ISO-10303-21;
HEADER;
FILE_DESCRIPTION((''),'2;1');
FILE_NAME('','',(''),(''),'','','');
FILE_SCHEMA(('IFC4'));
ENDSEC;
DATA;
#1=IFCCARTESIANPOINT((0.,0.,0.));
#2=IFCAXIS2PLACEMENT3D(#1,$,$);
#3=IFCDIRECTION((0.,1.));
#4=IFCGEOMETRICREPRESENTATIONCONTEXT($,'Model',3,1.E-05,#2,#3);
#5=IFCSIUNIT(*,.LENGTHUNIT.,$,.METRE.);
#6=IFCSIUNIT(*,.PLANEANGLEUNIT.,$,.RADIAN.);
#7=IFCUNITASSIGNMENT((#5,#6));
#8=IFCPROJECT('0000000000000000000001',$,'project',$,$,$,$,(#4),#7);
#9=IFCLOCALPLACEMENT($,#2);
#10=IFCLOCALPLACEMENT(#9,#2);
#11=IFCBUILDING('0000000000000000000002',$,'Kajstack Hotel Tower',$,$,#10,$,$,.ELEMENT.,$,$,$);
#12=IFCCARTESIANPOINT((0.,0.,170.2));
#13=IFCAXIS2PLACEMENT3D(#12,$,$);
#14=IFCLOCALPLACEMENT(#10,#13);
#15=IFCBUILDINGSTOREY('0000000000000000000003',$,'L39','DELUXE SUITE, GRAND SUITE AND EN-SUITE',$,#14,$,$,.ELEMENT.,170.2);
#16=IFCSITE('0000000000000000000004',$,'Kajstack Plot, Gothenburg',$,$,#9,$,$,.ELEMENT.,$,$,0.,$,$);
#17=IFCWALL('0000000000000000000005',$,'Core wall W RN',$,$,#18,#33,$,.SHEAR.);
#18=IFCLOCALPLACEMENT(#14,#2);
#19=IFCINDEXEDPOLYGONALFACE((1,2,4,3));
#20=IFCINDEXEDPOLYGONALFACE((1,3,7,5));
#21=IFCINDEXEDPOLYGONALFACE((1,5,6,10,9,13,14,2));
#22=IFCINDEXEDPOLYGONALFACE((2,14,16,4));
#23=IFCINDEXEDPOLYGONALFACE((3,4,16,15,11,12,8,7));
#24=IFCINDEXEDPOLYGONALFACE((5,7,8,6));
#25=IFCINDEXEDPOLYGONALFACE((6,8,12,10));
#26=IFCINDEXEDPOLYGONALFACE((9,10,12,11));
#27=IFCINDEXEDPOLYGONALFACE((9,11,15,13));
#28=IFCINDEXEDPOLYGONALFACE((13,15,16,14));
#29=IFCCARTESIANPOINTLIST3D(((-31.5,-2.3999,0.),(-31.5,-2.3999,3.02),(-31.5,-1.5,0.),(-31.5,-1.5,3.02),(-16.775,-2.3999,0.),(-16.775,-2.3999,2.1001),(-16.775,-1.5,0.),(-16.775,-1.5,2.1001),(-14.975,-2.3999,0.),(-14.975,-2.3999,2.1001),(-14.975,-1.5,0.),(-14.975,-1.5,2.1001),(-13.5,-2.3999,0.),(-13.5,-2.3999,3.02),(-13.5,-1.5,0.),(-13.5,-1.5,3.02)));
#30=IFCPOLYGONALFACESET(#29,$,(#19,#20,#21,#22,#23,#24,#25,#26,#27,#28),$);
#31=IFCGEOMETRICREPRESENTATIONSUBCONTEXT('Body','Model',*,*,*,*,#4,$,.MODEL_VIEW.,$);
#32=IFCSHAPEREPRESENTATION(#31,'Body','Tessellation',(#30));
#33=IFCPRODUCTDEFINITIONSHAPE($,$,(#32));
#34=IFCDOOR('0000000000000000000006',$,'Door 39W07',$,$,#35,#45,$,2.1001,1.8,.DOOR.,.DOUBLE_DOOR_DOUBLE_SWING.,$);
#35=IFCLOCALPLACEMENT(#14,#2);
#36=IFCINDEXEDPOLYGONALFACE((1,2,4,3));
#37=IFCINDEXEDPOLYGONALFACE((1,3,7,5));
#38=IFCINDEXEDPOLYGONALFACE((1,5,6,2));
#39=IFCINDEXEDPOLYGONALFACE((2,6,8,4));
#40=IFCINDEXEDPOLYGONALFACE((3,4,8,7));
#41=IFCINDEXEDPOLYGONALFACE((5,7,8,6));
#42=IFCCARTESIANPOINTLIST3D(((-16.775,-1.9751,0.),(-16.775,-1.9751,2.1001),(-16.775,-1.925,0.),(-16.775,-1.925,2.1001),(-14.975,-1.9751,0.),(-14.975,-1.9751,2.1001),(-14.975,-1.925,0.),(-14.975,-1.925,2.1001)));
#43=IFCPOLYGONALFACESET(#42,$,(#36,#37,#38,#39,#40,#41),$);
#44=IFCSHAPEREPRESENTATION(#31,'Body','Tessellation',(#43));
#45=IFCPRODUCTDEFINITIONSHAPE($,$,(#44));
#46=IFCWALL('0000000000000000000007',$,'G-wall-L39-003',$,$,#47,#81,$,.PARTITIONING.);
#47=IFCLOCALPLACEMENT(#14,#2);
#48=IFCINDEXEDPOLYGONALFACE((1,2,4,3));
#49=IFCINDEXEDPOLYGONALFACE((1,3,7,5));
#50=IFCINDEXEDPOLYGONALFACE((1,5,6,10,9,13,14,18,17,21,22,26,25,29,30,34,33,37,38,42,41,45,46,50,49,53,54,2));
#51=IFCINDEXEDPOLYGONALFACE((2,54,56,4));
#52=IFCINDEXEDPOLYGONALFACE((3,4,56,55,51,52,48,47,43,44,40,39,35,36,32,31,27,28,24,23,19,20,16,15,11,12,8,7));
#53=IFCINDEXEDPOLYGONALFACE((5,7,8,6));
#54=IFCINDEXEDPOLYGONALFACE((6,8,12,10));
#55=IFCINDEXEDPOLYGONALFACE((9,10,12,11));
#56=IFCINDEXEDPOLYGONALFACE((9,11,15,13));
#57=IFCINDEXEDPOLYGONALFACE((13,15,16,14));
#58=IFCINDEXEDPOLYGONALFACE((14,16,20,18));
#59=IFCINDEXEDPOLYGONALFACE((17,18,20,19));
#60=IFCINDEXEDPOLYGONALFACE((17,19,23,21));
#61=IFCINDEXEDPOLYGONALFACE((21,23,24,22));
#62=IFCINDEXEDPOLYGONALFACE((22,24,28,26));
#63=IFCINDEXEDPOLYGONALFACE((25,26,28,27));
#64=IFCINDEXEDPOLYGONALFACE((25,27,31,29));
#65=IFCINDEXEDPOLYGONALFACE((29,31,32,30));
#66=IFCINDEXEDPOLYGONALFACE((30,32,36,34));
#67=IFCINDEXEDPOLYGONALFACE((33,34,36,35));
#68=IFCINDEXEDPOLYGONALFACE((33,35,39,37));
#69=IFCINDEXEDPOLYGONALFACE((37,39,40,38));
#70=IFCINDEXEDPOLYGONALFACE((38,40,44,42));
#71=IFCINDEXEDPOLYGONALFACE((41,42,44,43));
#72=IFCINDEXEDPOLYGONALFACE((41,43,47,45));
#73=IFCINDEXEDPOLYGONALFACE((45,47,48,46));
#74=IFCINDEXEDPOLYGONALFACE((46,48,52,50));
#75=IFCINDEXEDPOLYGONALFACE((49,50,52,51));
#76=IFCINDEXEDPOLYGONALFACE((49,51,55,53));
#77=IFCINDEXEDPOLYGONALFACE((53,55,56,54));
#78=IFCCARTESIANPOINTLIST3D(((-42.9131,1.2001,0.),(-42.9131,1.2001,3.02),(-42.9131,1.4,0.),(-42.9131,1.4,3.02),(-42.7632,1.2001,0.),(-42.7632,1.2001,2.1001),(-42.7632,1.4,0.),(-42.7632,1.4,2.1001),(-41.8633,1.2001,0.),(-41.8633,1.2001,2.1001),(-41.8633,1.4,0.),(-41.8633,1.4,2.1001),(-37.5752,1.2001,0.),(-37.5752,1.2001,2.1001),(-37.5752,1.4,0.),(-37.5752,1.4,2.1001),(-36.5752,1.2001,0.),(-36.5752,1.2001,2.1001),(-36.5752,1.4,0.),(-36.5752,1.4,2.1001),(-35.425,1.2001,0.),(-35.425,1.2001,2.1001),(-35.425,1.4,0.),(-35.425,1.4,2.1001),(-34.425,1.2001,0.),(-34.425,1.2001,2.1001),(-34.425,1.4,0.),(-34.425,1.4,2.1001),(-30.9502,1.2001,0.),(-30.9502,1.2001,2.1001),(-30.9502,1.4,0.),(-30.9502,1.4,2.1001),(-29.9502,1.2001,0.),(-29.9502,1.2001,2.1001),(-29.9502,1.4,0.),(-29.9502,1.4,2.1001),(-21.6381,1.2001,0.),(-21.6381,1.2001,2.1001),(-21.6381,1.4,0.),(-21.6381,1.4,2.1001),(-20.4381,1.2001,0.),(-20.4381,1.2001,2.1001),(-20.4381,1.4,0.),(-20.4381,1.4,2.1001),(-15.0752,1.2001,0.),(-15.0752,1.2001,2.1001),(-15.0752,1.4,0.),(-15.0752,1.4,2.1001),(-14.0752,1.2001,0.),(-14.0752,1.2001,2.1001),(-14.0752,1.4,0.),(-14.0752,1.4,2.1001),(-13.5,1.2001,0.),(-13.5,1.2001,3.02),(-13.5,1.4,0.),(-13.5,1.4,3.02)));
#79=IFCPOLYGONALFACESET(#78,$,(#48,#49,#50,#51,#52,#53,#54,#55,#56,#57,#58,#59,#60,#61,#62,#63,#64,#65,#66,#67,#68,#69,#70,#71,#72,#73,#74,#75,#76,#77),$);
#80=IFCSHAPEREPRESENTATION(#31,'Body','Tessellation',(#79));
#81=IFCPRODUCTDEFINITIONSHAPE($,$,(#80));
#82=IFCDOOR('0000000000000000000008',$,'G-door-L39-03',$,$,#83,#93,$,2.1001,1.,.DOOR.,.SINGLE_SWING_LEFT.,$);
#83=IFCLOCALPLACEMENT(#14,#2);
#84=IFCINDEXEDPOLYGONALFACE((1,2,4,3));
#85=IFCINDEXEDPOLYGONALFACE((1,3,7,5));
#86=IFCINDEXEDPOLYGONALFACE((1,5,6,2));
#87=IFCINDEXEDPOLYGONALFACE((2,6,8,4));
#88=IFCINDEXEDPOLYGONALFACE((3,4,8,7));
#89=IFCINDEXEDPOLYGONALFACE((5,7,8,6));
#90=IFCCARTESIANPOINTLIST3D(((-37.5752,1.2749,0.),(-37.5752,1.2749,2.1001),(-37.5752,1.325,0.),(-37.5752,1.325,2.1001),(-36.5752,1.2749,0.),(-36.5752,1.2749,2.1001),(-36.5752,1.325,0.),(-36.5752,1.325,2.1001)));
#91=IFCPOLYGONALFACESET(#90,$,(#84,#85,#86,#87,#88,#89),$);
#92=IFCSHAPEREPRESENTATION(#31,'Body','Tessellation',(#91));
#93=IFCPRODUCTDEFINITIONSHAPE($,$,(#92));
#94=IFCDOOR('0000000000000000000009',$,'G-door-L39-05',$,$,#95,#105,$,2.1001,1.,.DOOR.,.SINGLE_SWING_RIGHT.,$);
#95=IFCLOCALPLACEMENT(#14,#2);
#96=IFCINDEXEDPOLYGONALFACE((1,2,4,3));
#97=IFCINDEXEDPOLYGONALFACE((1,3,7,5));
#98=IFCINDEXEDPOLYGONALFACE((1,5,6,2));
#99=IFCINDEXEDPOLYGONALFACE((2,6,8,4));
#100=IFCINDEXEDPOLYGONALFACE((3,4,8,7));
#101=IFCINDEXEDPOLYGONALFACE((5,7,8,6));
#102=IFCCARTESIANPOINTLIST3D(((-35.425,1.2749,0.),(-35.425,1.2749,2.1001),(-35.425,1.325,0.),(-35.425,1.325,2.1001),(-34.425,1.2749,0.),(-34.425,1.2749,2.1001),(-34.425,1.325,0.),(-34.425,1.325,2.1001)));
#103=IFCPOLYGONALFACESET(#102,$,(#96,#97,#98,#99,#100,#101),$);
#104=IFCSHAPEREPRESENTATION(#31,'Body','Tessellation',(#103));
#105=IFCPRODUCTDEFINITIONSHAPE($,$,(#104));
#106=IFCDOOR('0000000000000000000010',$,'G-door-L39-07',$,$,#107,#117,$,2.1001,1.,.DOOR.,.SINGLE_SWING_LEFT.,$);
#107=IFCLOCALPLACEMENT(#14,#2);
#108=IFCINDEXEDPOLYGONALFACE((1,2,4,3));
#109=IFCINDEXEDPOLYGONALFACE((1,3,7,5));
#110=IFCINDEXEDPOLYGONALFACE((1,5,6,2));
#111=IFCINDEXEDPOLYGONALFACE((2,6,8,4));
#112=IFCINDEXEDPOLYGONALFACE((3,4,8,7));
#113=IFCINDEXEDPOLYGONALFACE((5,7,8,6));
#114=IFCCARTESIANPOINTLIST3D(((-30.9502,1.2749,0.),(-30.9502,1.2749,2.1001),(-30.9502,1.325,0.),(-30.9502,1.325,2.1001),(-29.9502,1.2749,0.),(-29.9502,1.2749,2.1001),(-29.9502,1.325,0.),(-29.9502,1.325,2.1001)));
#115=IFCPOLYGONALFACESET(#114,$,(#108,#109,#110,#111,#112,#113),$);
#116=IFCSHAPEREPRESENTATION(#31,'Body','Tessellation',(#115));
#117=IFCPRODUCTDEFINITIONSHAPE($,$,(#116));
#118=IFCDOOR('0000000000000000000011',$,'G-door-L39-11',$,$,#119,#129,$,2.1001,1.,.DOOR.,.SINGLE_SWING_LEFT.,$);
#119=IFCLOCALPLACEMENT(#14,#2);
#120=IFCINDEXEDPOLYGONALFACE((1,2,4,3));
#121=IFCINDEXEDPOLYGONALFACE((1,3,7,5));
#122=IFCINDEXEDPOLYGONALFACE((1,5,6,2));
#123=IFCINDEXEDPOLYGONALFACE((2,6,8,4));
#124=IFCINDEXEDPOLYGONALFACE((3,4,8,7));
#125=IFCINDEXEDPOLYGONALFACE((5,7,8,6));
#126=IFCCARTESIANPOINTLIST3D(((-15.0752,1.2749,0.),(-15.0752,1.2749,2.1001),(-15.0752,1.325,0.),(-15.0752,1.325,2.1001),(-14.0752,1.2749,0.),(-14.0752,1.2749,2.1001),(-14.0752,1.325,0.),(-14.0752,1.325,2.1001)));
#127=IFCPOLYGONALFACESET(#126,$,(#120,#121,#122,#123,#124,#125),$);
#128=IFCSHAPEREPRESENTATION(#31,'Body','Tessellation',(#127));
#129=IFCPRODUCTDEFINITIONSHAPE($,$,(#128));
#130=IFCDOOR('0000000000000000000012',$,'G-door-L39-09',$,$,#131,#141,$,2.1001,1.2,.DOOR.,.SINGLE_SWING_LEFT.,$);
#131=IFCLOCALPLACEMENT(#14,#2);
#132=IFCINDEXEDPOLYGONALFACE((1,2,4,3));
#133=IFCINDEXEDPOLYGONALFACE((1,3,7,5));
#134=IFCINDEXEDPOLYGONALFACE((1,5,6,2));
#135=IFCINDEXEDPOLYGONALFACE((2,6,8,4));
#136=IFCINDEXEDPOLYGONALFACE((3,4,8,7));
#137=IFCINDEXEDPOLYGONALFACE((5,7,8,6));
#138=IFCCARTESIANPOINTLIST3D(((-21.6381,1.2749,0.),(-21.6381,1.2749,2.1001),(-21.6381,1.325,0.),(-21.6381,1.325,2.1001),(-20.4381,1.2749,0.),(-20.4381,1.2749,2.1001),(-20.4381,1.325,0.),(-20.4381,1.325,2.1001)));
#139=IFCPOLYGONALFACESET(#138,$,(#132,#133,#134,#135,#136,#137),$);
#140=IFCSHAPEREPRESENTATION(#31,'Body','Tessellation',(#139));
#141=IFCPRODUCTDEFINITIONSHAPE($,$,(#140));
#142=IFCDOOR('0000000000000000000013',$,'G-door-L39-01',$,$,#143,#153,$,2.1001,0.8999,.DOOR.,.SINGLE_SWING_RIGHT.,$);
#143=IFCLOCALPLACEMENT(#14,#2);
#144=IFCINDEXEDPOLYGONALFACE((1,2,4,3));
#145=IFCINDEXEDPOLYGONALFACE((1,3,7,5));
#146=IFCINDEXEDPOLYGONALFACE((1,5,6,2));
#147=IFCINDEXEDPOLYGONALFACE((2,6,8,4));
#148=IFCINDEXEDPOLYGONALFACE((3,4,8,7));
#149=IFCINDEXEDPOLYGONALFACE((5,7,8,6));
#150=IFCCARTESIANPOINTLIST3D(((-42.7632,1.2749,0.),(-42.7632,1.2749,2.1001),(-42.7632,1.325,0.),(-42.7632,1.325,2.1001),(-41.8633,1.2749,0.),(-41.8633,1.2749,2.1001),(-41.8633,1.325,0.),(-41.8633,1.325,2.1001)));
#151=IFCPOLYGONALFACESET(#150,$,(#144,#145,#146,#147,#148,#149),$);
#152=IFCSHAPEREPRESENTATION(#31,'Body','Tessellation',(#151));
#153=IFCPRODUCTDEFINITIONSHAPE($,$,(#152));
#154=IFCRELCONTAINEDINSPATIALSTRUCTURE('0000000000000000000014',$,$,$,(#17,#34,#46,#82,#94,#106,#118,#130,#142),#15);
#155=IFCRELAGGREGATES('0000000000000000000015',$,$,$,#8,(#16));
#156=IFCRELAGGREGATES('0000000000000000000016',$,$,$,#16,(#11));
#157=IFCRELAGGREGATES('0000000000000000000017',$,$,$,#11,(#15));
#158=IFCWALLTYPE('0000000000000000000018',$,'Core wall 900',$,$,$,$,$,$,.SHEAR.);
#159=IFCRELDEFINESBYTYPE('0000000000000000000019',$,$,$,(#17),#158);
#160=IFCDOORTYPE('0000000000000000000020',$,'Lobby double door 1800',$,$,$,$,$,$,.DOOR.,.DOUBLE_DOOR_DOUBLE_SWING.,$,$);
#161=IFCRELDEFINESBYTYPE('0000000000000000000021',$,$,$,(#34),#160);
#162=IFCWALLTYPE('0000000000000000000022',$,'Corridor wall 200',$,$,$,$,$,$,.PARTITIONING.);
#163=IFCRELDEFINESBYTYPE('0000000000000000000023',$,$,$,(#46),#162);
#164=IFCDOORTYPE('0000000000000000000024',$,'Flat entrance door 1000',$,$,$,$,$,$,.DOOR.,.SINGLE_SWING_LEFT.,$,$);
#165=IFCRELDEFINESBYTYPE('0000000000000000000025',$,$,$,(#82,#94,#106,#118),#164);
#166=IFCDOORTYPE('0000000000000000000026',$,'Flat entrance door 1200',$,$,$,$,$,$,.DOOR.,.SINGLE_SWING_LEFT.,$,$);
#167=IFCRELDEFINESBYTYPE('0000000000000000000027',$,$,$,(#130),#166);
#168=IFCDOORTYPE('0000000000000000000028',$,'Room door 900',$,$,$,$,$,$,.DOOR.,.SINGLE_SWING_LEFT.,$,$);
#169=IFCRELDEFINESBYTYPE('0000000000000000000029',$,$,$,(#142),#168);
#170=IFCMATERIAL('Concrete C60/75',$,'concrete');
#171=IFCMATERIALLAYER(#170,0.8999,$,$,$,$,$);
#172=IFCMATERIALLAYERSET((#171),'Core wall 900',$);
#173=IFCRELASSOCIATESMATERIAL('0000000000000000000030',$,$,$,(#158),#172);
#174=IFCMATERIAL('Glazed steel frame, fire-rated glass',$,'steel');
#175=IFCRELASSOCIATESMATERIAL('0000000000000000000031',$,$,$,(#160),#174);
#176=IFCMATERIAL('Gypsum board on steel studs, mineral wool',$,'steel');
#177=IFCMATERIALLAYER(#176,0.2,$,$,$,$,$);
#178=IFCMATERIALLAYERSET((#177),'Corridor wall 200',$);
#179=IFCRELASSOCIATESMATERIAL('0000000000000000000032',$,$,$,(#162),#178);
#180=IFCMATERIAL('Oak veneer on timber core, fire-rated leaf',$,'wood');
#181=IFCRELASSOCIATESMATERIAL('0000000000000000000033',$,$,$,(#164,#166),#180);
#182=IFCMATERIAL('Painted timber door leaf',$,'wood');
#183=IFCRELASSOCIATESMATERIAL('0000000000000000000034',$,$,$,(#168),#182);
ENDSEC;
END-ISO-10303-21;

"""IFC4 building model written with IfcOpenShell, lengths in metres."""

from ifc_helpers import new_model, si_unit, direction, frame, frame_2d, origin, place, context, subcontext, project, spatial, rectangle, extrude, material, layer, layer_set, type_object, element, fill, save


model = new_model("IFC4")

# Units and contexts
model_context = context("Model", 3, precision=1e-05, world=origin(), true_north=direction((0.0, 1.0)))
body_context = subcontext(model_context, "Body", "Model", "MODEL_VIEW")
ifc_project = project(units=[si_unit("LENGTHUNIT", "METRE"), si_unit("PLANEANGLEUNIT", "RADIAN")], contexts=[model_context])

# Site, building, storey
site_placement = place(None, origin())
site = spatial("IfcSite", under=ifc_project, at=site_placement, Name="Kajstack Plot, Gothenburg", CompositionType="ELEMENT", RefElevation=0.0)
building_placement = place(site_placement, origin())
building = spatial("IfcBuilding", under=site, at=building_placement, Name="Kajstack Hotel Tower", CompositionType="ELEMENT")
storey_placement = place(building_placement, frame((0.0, 0.0, 170.2)))
storey = spatial("IfcBuildingStorey", under=building, at=storey_placement, Name="L39", Description="DELUXE SUITE, GRAND SUITE AND EN-SUITE", CompositionType="ELEMENT", Elevation=170.2)

# Wall, opening, door
ifc_material_1 = material(Name="Concrete C60/75", Category="concrete")
ifc_layer_1 = layer(ifc_material_1, 0.8999)
ifc_layer_set_1 = layer_set([ifc_layer_1], Name="Core wall 900")
wall_type_1 = type_object("IfcWallType", Name="Core wall 900", PredefinedType="SHEAR", material=ifc_layer_set_1)
wall_1_placement = place(storey_placement, frame((-31.5, -1.95, 0.0), z_axis=(0.0, 0.0, 1.0), x_axis=(1.0, 0.0, 0.0)))
wall_1 = element("IfcWall", 1, at=wall_1_placement, inside=storey, type_object=wall_type_1, Name="Core wall W RN", PredefinedType="SHEAR", context=body_context, shape_type="SweptSolid", body=[
    extrude(rectangle(XDim=18.0, YDim=0.8999, at=frame_2d((9.0, 0.0))), origin(), (0.0, 0.0, 1.0), 3.02),
])
opening_1_placement = place(wall_1_placement, frame((14.7251, 0.0, 0.0)))
opening_1 = element("IfcOpeningElement", 2, at=opening_1_placement, cuts=wall_1, PredefinedType="OPENING", context=body_context, shape_type="SweptSolid", body=[
    extrude(rectangle(XDim=1.8, YDim=2.1001, at=frame_2d((0.8999, 1.05))), frame((0.0, 0.46, 0.0), z_axis=(0.0, -1.0, 0.0), x_axis=(1.0, 0.0, 0.0)), (0.0, 0.0, 1.0), 0.9199),
])
ifc_material_2 = material(Name="Glazed steel frame, fire-rated glass", Category="steel")
door_type_1 = type_object("IfcDoorType", Name="Lobby double door 1800", OperationType="DOUBLE_DOOR_DOUBLE_SWING", PredefinedType="DOOR", material=ifc_material_2)
door_1_placement = place(opening_1_placement, origin())
door_1 = element("IfcDoor", 3, at=door_1_placement, inside=storey, type_object=door_type_1, Name="Door 39W07", OperationType="DOUBLE_DOOR_DOUBLE_SWING", OverallHeight=2.1001, OverallWidth=1.8, PredefinedType="DOOR", context=body_context, shape_type="SweptSolid", body=[
    extrude(rectangle(XDim=1.8, YDim=2.1001, at=frame_2d((0.8999, 1.05))), frame((0.0, 0.0249, 0.0), z_axis=(0.0, -1.0, 0.0), x_axis=(1.0, 0.0, 0.0)), (0.0, 0.0, 1.0), 0.05),
])
fill(opening_1, door_1)

# Wall, openings, doors
ifc_material_3 = material(Name="Gypsum board on steel studs, mineral wool", Category="steel")
ifc_layer_2 = layer(ifc_material_3, 0.2)
ifc_layer_set_2 = layer_set([ifc_layer_2], Name="Corridor wall 200")
wall_type_2 = type_object("IfcWallType", Name="Corridor wall 200", PredefinedType="PARTITIONING", material=ifc_layer_set_2)
wall_2_placement = place(storey_placement, frame((-42.9131, 1.3, 0.0), z_axis=(0.0, 0.0, 1.0), x_axis=(1.0, 0.0, 0.0)))
wall_2 = element("IfcWall", 4, at=wall_2_placement, inside=storey, type_object=wall_type_2, Name="G-wall-L39-003", PredefinedType="PARTITIONING", context=body_context, shape_type="SweptSolid", body=[
    extrude(rectangle(XDim=29.4131, YDim=0.2, at=frame_2d((14.7065, 0.0))), origin(), (0.0, 0.0, 1.0), 3.02),
])
opening_2_placement = place(wall_2_placement, frame((0.1499, 0.0, 0.0)))
opening_2 = element("IfcOpeningElement", 5, at=opening_2_placement, cuts=wall_2, PredefinedType="OPENING", context=body_context, shape_type="SweptSolid", body=[
    extrude(rectangle(XDim=0.8999, YDim=2.1001, at=frame_2d((0.45, 1.05))), frame((0.0, 0.1099, 0.0), z_axis=(0.0, -1.0, 0.0), x_axis=(1.0, 0.0, 0.0)), (0.0, 0.0, 1.0), 0.22),
])
opening_3_placement = place(wall_2_placement, frame((5.3379, 0.0, 0.0)))
opening_3 = element("IfcOpeningElement", 6, at=opening_3_placement, cuts=wall_2, PredefinedType="OPENING", context=body_context, shape_type="SweptSolid", body=[
    extrude(rectangle(XDim=1.0, YDim=2.1001, at=frame_2d((0.5, 1.05))), frame((0.0, 0.1099, 0.0), z_axis=(0.0, -1.0, 0.0), x_axis=(1.0, 0.0, 0.0)), (0.0, 0.0, 1.0), 0.22),
])
opening_4_placement = place(wall_2_placement, frame((7.488, 0.0, 0.0)))
opening_4 = element("IfcOpeningElement", 7, at=opening_4_placement, cuts=wall_2, PredefinedType="OPENING", context=body_context, shape_type="SweptSolid", body=[
    extrude(rectangle(XDim=1.0, YDim=2.1001, at=frame_2d((0.5, 1.05))), frame((0.0, 0.1099, 0.0), z_axis=(0.0, -1.0, 0.0), x_axis=(1.0, 0.0, 0.0)), (0.0, 0.0, 1.0), 0.22),
])
opening_5_placement = place(wall_2_placement, frame((11.9629, 0.0, 0.0)))
opening_5 = element("IfcOpeningElement", 8, at=opening_5_placement, cuts=wall_2, PredefinedType="OPENING", context=body_context, shape_type="SweptSolid", body=[
    extrude(rectangle(XDim=1.0, YDim=2.1001, at=frame_2d((0.5, 1.05))), frame((0.0, 0.1099, 0.0), z_axis=(0.0, -1.0, 0.0), x_axis=(1.0, 0.0, 0.0)), (0.0, 0.0, 1.0), 0.22),
])
opening_6_placement = place(wall_2_placement, frame((21.2749, 0.0, 0.0)))
opening_6 = element("IfcOpeningElement", 9, at=opening_6_placement, cuts=wall_2, PredefinedType="OPENING", context=body_context, shape_type="SweptSolid", body=[
    extrude(rectangle(XDim=1.2, YDim=2.1001, at=frame_2d((0.6001, 1.05))), frame((0.0, 0.1099, 0.0), z_axis=(0.0, -1.0, 0.0), x_axis=(1.0, 0.0, 0.0)), (0.0, 0.0, 1.0), 0.22),
])
opening_7_placement = place(wall_2_placement, frame((27.8379, 0.0, 0.0)))
opening_7 = element("IfcOpeningElement", 10, at=opening_7_placement, cuts=wall_2, PredefinedType="OPENING", context=body_context, shape_type="SweptSolid", body=[
    extrude(rectangle(XDim=1.0, YDim=2.1001, at=frame_2d((0.5, 1.05))), frame((0.0, 0.1099, 0.0), z_axis=(0.0, -1.0, 0.0), x_axis=(1.0, 0.0, 0.0)), (0.0, 0.0, 1.0), 0.22),
])
ifc_material_4 = material(Name="Oak veneer on timber core, fire-rated leaf", Category="wood")
door_type_2 = type_object("IfcDoorType", Name="Flat entrance door 1000", OperationType="SINGLE_SWING_LEFT", PredefinedType="DOOR", material=ifc_material_4)
door_2_placement = place(opening_3_placement, origin())
door_2 = element("IfcDoor", 11, at=door_2_placement, inside=storey, type_object=door_type_2, Name="G-door-L39-03", OperationType="SINGLE_SWING_LEFT", OverallHeight=2.1001, OverallWidth=1.0, PredefinedType="DOOR", context=body_context, shape_type="SweptSolid", body=[
    extrude(rectangle(XDim=1.0, YDim=2.1001, at=frame_2d((0.5, 1.05))), frame((0.0, 0.0249, 0.0), z_axis=(0.0, -1.0, 0.0), x_axis=(1.0, 0.0, 0.0)), (0.0, 0.0, 1.0), 0.05),
])
fill(opening_3, door_2)
door_3_placement = place(opening_4_placement, origin())
door_3 = element("IfcDoor", 12, at=door_3_placement, inside=storey, type_object=door_type_2, Name="G-door-L39-05", OperationType="SINGLE_SWING_RIGHT", OverallHeight=2.1001, OverallWidth=1.0, PredefinedType="DOOR", context=body_context, shape_type="SweptSolid", body=[
    extrude(rectangle(XDim=1.0, YDim=2.1001, at=frame_2d((0.5, 1.05))), frame((0.0, 0.0249, 0.0), z_axis=(0.0, -1.0, 0.0), x_axis=(1.0, 0.0, 0.0)), (0.0, 0.0, 1.0), 0.05),
])
fill(opening_4, door_3)
door_4_placement = place(opening_5_placement, origin())
door_4 = element("IfcDoor", 13, at=door_4_placement, inside=storey, type_object=door_type_2, Name="G-door-L39-07", OperationType="SINGLE_SWING_LEFT", OverallHeight=2.1001, OverallWidth=1.0, PredefinedType="DOOR", context=body_context, shape_type="SweptSolid", body=[
    extrude(rectangle(XDim=1.0, YDim=2.1001, at=frame_2d((0.5, 1.05))), frame((0.0, 0.0249, 0.0), z_axis=(0.0, -1.0, 0.0), x_axis=(1.0, 0.0, 0.0)), (0.0, 0.0, 1.0), 0.05),
])
fill(opening_5, door_4)
door_5_placement = place(opening_7_placement, origin())
door_5 = element("IfcDoor", 14, at=door_5_placement, inside=storey, type_object=door_type_2, Name="G-door-L39-11", OperationType="SINGLE_SWING_LEFT", OverallHeight=2.1001, OverallWidth=1.0, PredefinedType="DOOR", context=body_context, shape_type="SweptSolid", body=[
    extrude(rectangle(XDim=1.0, YDim=2.1001, at=frame_2d((0.5, 1.05))), frame((0.0, 0.0249, 0.0), z_axis=(0.0, -1.0, 0.0), x_axis=(1.0, 0.0, 0.0)), (0.0, 0.0, 1.0), 0.05),
])
fill(opening_7, door_5)
door_type_3 = type_object("IfcDoorType", Name="Flat entrance door 1200", OperationType="SINGLE_SWING_LEFT", PredefinedType="DOOR", material=ifc_material_4)
door_6_placement = place(opening_6_placement, origin())
door_6 = element("IfcDoor", 15, at=door_6_placement, inside=storey, type_object=door_type_3, Name="G-door-L39-09", OperationType="SINGLE_SWING_LEFT", OverallHeight=2.1001, OverallWidth=1.2, PredefinedType="DOOR", context=body_context, shape_type="SweptSolid", body=[
    extrude(rectangle(XDim=1.2, YDim=2.1001, at=frame_2d((0.6001, 1.05))), frame((0.0, 0.0249, 0.0), z_axis=(0.0, -1.0, 0.0), x_axis=(1.0, 0.0, 0.0)), (0.0, 0.0, 1.0), 0.05),
])
fill(opening_6, door_6)
ifc_material_5 = material(Name="Painted timber door leaf", Category="wood")
door_type_4 = type_object("IfcDoorType", Name="Room door 900", OperationType="SINGLE_SWING_LEFT", PredefinedType="DOOR", material=ifc_material_5)
door_7_placement = place(opening_2_placement, origin())
door_7 = element("IfcDoor", 16, at=door_7_placement, inside=storey, type_object=door_type_4, Name="G-door-L39-01", OperationType="SINGLE_SWING_RIGHT", OverallHeight=2.1001, OverallWidth=0.8999, PredefinedType="DOOR", context=body_context, shape_type="SweptSolid", body=[
    extrude(rectangle(XDim=0.8999, YDim=2.1001, at=frame_2d((0.45, 1.05))), frame((0.0, 0.0249, 0.0), z_axis=(0.0, -1.0, 0.0), x_axis=(1.0, 0.0, 0.0)), (0.0, 0.0, 1.0), 0.05),
])
fill(opening_2, door_7)

save(model, "model.ifc")
